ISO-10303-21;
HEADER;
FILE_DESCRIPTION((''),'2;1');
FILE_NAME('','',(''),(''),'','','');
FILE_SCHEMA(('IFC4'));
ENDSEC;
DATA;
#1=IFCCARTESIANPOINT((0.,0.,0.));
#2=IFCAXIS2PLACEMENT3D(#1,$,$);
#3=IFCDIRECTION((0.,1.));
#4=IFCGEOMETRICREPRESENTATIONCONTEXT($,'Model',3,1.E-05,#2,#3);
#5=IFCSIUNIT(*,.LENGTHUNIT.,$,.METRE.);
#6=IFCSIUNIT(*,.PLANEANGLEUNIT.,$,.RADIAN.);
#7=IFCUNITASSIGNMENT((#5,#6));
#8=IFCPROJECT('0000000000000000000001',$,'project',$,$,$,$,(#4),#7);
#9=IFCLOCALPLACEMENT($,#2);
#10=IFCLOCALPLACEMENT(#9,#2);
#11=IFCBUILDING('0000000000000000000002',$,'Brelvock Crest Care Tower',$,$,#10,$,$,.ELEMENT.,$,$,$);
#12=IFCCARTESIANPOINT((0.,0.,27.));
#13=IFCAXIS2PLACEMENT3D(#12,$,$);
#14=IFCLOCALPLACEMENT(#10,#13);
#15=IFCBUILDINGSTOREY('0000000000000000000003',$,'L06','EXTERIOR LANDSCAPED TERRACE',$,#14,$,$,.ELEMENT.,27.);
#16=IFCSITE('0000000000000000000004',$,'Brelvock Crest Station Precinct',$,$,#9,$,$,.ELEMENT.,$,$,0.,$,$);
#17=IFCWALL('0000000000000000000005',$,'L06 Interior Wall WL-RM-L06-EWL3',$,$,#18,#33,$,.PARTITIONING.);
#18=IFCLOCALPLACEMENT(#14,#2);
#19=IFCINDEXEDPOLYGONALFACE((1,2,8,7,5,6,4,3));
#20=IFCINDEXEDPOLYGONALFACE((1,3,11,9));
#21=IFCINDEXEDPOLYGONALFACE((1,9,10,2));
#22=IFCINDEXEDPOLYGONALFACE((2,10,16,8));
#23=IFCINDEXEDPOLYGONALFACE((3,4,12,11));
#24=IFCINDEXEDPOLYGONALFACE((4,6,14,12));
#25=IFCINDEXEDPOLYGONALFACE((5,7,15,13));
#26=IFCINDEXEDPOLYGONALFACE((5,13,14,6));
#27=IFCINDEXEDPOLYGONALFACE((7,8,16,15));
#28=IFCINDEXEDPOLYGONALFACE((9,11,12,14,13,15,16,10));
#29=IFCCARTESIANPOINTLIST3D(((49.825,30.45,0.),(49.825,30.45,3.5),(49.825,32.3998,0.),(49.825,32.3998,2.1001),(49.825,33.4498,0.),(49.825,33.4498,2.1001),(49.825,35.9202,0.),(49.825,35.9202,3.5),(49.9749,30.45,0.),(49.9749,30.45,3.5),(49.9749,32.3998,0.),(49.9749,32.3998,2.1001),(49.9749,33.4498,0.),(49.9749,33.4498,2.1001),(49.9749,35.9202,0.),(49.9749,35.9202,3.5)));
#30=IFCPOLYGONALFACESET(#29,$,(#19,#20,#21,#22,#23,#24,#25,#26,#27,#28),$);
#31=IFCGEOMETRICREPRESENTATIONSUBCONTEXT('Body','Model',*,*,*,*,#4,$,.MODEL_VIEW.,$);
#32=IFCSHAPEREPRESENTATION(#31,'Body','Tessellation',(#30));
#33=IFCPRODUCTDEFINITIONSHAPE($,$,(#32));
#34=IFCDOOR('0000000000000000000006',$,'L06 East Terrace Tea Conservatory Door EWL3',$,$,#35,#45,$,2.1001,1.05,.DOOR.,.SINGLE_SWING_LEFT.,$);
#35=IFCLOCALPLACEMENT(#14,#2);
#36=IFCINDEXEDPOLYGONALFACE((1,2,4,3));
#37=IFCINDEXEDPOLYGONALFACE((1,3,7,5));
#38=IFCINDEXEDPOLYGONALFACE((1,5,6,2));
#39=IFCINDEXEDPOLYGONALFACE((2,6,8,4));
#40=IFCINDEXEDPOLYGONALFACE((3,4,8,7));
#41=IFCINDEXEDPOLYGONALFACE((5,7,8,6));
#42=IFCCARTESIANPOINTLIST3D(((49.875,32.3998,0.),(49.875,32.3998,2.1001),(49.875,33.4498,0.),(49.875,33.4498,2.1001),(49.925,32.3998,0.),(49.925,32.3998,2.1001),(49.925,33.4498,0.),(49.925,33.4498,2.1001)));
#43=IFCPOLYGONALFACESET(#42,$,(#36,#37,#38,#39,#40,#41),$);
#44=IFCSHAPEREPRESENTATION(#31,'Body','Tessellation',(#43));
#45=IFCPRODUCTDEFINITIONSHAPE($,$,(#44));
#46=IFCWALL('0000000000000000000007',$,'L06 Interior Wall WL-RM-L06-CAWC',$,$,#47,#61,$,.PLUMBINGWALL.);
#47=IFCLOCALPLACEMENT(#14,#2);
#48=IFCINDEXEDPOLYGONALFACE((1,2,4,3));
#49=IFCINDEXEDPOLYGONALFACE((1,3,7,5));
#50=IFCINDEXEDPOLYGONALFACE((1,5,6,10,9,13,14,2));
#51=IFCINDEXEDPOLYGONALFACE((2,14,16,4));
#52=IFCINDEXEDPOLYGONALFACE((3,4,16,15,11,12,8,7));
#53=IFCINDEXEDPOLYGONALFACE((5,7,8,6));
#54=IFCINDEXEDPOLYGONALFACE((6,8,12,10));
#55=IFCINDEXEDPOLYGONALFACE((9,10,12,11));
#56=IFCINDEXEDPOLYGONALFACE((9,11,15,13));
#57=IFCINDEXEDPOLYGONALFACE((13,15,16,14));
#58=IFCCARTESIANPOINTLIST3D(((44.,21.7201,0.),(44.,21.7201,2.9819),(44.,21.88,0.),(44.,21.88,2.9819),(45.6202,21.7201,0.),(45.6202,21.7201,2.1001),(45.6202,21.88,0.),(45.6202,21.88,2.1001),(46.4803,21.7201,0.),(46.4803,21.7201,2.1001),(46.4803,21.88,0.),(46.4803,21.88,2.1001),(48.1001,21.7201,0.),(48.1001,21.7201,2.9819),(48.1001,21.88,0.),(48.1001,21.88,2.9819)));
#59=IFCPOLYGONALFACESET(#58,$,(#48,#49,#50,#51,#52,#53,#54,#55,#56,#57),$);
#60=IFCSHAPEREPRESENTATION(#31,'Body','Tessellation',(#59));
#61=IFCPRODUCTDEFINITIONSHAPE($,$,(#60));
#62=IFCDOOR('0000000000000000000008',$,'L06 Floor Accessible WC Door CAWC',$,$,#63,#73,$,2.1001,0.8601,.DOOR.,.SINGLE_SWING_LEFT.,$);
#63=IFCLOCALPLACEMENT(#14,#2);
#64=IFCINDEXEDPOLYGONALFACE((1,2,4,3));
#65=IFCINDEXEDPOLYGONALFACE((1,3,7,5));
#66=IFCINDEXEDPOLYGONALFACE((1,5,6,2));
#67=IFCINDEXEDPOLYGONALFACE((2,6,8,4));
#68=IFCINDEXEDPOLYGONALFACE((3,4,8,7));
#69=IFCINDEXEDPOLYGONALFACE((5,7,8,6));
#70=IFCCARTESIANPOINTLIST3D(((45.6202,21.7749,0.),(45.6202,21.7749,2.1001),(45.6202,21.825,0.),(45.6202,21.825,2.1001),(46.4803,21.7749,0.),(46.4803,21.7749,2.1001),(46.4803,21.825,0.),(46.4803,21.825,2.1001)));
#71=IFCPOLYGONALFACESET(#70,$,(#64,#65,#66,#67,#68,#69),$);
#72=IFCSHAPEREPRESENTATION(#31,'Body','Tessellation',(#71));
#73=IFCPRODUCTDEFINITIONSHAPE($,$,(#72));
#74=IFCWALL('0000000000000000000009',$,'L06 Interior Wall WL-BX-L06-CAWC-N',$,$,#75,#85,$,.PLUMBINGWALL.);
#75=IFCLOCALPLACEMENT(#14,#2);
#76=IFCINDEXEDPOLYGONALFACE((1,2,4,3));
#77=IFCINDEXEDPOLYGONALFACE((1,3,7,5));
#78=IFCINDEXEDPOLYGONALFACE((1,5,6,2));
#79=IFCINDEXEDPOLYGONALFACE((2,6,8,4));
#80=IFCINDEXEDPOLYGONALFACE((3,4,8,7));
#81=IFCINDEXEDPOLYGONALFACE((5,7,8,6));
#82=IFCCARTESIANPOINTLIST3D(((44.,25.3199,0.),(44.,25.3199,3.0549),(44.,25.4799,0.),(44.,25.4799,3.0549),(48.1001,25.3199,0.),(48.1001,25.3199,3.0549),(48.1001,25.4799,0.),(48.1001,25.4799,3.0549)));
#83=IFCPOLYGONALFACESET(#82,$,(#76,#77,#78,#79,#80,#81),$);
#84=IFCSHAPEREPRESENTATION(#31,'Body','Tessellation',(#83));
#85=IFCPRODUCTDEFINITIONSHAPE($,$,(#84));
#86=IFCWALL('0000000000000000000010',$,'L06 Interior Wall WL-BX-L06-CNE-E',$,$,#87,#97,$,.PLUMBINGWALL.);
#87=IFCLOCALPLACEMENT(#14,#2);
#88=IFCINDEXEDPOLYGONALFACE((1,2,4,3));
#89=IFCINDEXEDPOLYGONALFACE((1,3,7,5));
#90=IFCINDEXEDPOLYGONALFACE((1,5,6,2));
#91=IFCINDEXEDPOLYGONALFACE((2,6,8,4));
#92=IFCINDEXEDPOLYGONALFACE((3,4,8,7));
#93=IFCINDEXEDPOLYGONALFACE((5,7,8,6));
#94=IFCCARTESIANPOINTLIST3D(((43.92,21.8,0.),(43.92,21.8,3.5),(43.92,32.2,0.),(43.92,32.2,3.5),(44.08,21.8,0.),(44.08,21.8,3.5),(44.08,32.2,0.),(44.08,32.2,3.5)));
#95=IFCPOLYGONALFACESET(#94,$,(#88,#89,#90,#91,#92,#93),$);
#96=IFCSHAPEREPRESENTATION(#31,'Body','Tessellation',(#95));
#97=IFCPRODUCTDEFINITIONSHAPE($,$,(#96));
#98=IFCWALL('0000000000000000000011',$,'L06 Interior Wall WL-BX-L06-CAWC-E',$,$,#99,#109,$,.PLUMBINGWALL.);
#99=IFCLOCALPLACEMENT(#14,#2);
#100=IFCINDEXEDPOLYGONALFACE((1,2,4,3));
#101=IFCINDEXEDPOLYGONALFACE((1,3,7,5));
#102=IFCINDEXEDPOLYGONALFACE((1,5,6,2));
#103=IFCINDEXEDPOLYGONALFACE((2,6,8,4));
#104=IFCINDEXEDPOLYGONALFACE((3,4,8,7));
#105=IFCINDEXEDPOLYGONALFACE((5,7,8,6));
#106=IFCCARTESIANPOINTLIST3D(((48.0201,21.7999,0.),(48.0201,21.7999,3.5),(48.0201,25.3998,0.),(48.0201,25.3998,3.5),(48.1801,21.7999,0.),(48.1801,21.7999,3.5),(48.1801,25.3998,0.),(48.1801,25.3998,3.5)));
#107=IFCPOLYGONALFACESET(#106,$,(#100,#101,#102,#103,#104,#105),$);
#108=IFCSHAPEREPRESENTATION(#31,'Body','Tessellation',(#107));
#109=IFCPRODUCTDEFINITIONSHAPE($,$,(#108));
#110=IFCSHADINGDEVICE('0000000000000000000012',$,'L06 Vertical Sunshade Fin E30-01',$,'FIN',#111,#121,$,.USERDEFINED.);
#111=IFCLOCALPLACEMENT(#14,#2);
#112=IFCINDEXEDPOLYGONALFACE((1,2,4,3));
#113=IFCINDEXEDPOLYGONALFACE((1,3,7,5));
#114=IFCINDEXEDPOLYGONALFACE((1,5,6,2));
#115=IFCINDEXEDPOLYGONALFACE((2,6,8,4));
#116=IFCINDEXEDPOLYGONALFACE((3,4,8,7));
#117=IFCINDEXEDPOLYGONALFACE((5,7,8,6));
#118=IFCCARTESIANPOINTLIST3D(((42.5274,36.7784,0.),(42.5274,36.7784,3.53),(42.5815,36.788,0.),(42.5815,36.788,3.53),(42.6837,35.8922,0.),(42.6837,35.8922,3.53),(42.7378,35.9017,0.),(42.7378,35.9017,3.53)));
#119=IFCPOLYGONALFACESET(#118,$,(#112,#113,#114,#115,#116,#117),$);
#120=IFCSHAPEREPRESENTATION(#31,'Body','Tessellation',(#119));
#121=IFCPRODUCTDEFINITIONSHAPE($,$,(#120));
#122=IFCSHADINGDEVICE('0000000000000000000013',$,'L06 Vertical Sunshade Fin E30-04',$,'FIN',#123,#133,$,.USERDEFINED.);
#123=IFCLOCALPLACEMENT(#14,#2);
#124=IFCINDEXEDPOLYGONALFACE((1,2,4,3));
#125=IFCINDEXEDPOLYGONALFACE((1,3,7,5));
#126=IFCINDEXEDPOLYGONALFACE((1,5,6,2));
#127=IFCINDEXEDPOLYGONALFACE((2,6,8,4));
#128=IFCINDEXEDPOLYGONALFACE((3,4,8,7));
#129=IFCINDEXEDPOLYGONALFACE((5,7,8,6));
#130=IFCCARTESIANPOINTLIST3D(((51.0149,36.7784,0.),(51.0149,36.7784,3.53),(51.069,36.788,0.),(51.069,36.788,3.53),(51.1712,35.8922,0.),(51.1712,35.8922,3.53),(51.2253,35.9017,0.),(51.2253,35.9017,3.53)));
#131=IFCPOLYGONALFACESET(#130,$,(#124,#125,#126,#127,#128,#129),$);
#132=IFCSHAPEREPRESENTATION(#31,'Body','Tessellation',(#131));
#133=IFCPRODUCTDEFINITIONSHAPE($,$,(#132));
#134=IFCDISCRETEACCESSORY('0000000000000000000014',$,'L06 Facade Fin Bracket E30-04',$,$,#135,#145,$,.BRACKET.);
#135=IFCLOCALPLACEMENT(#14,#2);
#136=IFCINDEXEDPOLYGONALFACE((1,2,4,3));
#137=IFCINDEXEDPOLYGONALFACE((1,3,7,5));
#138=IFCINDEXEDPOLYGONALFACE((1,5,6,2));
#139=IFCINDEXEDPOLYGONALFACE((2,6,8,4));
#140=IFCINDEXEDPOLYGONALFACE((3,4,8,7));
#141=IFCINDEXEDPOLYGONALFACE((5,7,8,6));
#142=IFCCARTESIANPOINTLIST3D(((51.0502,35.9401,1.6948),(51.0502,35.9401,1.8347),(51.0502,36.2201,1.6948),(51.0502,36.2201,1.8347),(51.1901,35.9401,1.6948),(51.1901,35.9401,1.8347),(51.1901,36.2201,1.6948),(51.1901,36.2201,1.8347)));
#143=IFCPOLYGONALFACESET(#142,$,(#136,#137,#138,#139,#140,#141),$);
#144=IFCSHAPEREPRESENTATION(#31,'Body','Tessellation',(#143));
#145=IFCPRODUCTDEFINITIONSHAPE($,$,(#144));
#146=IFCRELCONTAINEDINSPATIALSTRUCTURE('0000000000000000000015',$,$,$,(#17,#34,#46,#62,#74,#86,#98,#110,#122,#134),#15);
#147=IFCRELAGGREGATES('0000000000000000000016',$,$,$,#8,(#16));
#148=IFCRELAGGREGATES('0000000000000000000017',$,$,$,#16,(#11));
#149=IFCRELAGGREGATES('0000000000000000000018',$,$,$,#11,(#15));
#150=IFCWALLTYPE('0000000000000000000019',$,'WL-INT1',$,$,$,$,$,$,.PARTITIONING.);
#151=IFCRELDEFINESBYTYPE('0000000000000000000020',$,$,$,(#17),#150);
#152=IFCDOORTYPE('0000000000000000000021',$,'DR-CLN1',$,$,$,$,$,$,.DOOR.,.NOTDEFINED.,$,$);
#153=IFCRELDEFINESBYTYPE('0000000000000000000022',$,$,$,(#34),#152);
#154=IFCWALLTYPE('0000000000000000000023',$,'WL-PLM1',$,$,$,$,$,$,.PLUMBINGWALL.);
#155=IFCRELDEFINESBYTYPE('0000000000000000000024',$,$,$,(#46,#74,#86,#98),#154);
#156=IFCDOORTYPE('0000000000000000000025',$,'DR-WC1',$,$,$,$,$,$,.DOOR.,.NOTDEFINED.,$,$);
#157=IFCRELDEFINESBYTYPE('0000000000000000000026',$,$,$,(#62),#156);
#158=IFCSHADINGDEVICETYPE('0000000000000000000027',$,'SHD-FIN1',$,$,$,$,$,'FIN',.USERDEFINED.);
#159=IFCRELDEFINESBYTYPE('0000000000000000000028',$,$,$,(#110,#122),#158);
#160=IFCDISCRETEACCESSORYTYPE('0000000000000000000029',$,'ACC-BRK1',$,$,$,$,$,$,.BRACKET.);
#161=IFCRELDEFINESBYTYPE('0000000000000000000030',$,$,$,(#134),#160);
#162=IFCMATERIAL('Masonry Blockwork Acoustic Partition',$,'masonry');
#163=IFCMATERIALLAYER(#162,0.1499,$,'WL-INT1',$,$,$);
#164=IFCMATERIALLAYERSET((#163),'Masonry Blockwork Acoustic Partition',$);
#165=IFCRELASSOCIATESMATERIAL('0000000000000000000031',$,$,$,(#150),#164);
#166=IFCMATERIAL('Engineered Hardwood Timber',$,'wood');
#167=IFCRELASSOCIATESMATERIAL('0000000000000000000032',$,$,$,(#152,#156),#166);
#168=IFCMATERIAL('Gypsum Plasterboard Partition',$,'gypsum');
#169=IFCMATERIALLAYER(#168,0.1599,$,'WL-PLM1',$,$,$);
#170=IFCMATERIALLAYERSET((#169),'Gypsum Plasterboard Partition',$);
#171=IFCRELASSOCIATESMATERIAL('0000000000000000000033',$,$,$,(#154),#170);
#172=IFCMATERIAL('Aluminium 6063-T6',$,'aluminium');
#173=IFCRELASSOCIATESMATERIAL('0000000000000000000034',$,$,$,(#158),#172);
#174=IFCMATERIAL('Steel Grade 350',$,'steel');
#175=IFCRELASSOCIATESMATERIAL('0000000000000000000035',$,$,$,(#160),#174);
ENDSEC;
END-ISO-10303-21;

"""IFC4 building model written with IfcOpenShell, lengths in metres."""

from ifc_helpers import new_model, si_unit, direction, frame, frame_2d, origin, origin_2d, place, context, subcontext, project, spatial, rectangle, extrude, source, transform, mapped, material, layer, layer_set, material_profile, profile_set, type_object, element, fill, save


model = new_model("IFC4")

# Units and contexts
model_context = context("Model", 3, precision=1e-05, world=origin(), true_north=direction((0.0, 1.0)))
body_context = subcontext(model_context, "Body", "Model", "MODEL_VIEW")
ifc_project = project(units=[si_unit("LENGTHUNIT", "METRE"), si_unit("PLANEANGLEUNIT", "RADIAN")], contexts=[model_context])

# Site, building, storey
site_placement = place(None, origin())
site = spatial("IfcSite", under=ifc_project, at=site_placement, Name="Brelvock Crest Station Precinct", CompositionType="ELEMENT", RefElevation=0.0)
building_placement = place(site_placement, origin())
building = spatial("IfcBuilding", under=site, at=building_placement, Name="Brelvock Crest Care Tower", CompositionType="ELEMENT")
storey_placement = place(building_placement, frame((0.0, 0.0, 27.0)))
storey = spatial("IfcBuildingStorey", under=building, at=storey_placement, Name="L06", Description="EXTERIOR LANDSCAPED TERRACE", CompositionType="ELEMENT", Elevation=27.0)

# Shared definitions
ifc_material_1 = material(Name="Aluminium 6063-T6", Category="aluminium")

# Shared definitions
ifc_material_2 = material(Name="Masonry Blockwork Acoustic Partition", Category="masonry")
ifc_layer_1 = layer(ifc_material_2, 0.1499, Name="WL-INT1")
ifc_layer_set_1 = layer_set([ifc_layer_1], Name="Masonry Blockwork Acoustic Partition")
wall_type_1 = type_object("IfcWallType", Name="WL-INT1", PredefinedType="PARTITIONING", material=ifc_layer_set_1)

# Walls, openings, doors
ifc_material_3 = material(Name="Engineered Hardwood Timber", Category="wood")
wall_1_placement = place(storey_placement, frame((49.8999, 30.45, 0.0), z_axis=(0.0, 0.0, 1.0), x_axis=(0.0, 1.0, 0.0)))
wall_1 = element("IfcWall", 1, at=wall_1_placement, inside=storey, type_object=wall_type_1, Name="L06 Interior Wall WL-RM-L06-EWL3", PredefinedType="PARTITIONING", context=body_context, shape_type="SweptSolid", body=[
    extrude(rectangle(XDim=5.4702, YDim=0.1499, at=frame_2d((2.7351, 0.0))), origin(), (0.0, 0.0, 1.0), 3.5),
])
opening_1_placement = place(wall_1_placement, frame((1.95, 0.0, 0.0)))
opening_1 = element("IfcOpeningElement", 2, at=opening_1_placement, cuts=wall_1, PredefinedType="OPENING", context=body_context, shape_type="SweptSolid", body=[
    extrude(rectangle(XDim=1.05, YDim=2.1001, at=origin_2d()), frame((0.5249, 0.085, 1.05), z_axis=(0.0, -1.0, 0.0), x_axis=(1.0, 0.0, 0.0)), (0.0, 0.0, 1.0), 0.1699),
])
door_type_1 = type_object("IfcDoorType", Name="DR-CLN1", OperationType="NOTDEFINED", PredefinedType="DOOR", material=ifc_material_3)
shared_shape_1 = source(origin(), body_context, "Body", "SweptSolid", [
    extrude(rectangle(XDim=1.05, YDim=2.1001, at=origin_2d()), frame((0.5249, 0.0249, 1.05), z_axis=(0.0, -1.0, 0.0), x_axis=(1.0, 0.0, 0.0)), (0.0, 0.0, 1.0), 0.05),
])
door_1_placement = place(opening_1_placement, origin())
door_1 = element("IfcDoor", 3, at=door_1_placement, inside=storey, type_object=door_type_1, Name="L06 East Terrace Tea Conservatory Door EWL3", OperationType="SINGLE_SWING_LEFT", OverallHeight=2.1001, OverallWidth=1.05, PredefinedType="DOOR", context=body_context, shape_type="MappedRepresentation", body=[
    mapped(shared_shape_1, transform((0.0, 0.0, 0.0), x_axis=(1.0, 0.0, 0.0), y_axis=(0.0, 1.0, 0.0), z_axis=(0.0, 0.0, 1.0), scale=1.0)),
])
fill(opening_1, door_1)
ifc_material_4 = material(Name="Gypsum Plasterboard Partition", Category="gypsum")
ifc_layer_2 = layer(ifc_material_4, 0.1599, Name="WL-PLM1")
ifc_layer_set_2 = layer_set([ifc_layer_2], Name="Gypsum Plasterboard Partition")
wall_type_2 = type_object("IfcWallType", Name="WL-PLM1", PredefinedType="PLUMBINGWALL", material=ifc_layer_set_2)
wall_2_placement = place(storey_placement, frame((44.0, 21.8, 0.0), z_axis=(0.0, 0.0, 1.0), x_axis=(1.0, 0.0, 0.0)))
wall_2 = element("IfcWall", 4, at=wall_2_placement, inside=storey, type_object=wall_type_2, Name="L06 Interior Wall WL-RM-L06-CAWC", PredefinedType="PLUMBINGWALL", context=body_context, shape_type="SweptSolid", body=[
    extrude(rectangle(XDim=4.1001, YDim=0.1599, at=frame_2d((2.05, 0.0))), origin(), (0.0, 0.0, 1.0), 2.9819),
])
opening_2_placement = place(wall_2_placement, frame((1.6201, 0.0, 0.0)))
opening_2 = element("IfcOpeningElement", 5, at=opening_2_placement, cuts=wall_2, PredefinedType="OPENING", context=body_context, shape_type="SweptSolid", body=[
    extrude(rectangle(XDim=0.8601, YDim=2.1001, at=origin_2d()), frame((0.4302, 0.0898, 1.05), z_axis=(0.0, -1.0, 0.0), x_axis=(1.0, 0.0, 0.0)), (0.0, 0.0, 1.0), 0.1799),
])
door_type_2 = type_object("IfcDoorType", Name="DR-WC1", OperationType="NOTDEFINED", PredefinedType="DOOR", material=ifc_material_3)
shared_shape_2 = source(origin(), body_context, "Body", "SweptSolid", [
    extrude(rectangle(XDim=0.8601, YDim=2.1001, at=origin_2d()), frame((0.4302, 0.0249, 1.05), z_axis=(0.0, -1.0, 0.0), x_axis=(1.0, 0.0, 0.0)), (0.0, 0.0, 1.0), 0.05),
])
door_2_placement = place(opening_2_placement, origin())
door_2 = element("IfcDoor", 6, at=door_2_placement, inside=storey, type_object=door_type_2, Name="L06 Floor Accessible WC Door CAWC", OperationType="SINGLE_SWING_LEFT", OverallHeight=2.1001, OverallWidth=0.8601, PredefinedType="DOOR", context=body_context, shape_type="MappedRepresentation", body=[
    mapped(shared_shape_2, transform((0.0, 0.0, 0.0), x_axis=(1.0, 0.0, 0.0), y_axis=(0.0, 1.0, 0.0), z_axis=(0.0, 0.0, 1.0), scale=1.0)),
])
fill(opening_2, door_2)

# Walls
wall_3_placement = place(storey_placement, frame((44.0, 25.3999, 0.0), z_axis=(0.0, 0.0, 1.0), x_axis=(1.0, 0.0, 0.0)))
element("IfcWall", 7, at=wall_3_placement, inside=storey, type_object=wall_type_2, Name="L06 Interior Wall WL-BX-L06-CAWC-N", PredefinedType="PLUMBINGWALL", context=body_context, shape_type="SweptSolid", body=[
    extrude(rectangle(XDim=4.1001, YDim=0.1599, at=frame_2d((2.05, 0.0))), origin(), (0.0, 0.0, 1.0), 3.0549),
])
wall_4_placement = place(storey_placement, frame((44.0, 21.8, 0.0), z_axis=(0.0, 0.0, 1.0), x_axis=(0.0, 1.0, 0.0)))
element("IfcWall", 8, at=wall_4_placement, inside=storey, type_object=wall_type_2, Name="L06 Interior Wall WL-BX-L06-CNE-E", PredefinedType="PLUMBINGWALL", context=body_context, shape_type="SweptSolid", body=[
    extrude(rectangle(XDim=10.3999, YDim=0.1599, at=frame_2d((5.2, 0.0))), origin(), (0.0, 0.0, 1.0), 3.5),
])
wall_5_placement = place(storey_placement, frame((48.1001, 21.8, 0.0), z_axis=(0.0, 0.0, 1.0), x_axis=(0.0, 1.0, 0.0)))
element("IfcWall", 9, at=wall_5_placement, inside=storey, type_object=wall_type_2, Name="L06 Interior Wall WL-BX-L06-CAWC-E", PredefinedType="PLUMBINGWALL", context=body_context, shape_type="SweptSolid", body=[
    extrude(rectangle(XDim=3.5999, YDim=0.1599, at=frame_2d((1.7998, 0.0))), origin(), (0.0, 0.0, 1.0), 3.5),
])

# Shading devices
ifc_material_profile_1 = material_profile(ifc_material_1, rectangle(XDim=0.0549, YDim=0.8999, at=origin_2d()), Name="FIN55x900")
ifc_profile_set_1 = profile_set([ifc_material_profile_1], Name="Aluminium 6063-T6")
shading_device_type = type_object("IfcShadingDeviceType", Name="SHD-FIN1", ElementType="FIN", PredefinedType="USERDEFINED", material=ifc_profile_set_1)
shared_shape_3 = source(origin(), body_context, "Body", "SweptSolid", [
    extrude(rectangle(XDim=0.0549, YDim=0.8999, at=origin_2d()), origin(), (0.0, 0.0, 1.0), 3.53),
])
for number, where, z_axis, x_axis, name in (
    (10, (42.6326, 36.3401, 0.0), (0.0, 0.0, 1.0), (0.984808, 0.173648, 0.0), "L06 Vertical Sunshade Fin E30-01"),
    (11, (51.1201, 36.3401, 0.0), (0.0, 0.0, 1.0), (0.984808, 0.173648, 0.0), "L06 Vertical Sunshade Fin E30-04"),
):
    element("IfcShadingDevice", number, at=place(storey_placement, frame(where, z_axis=z_axis, x_axis=x_axis)), inside=storey, type_object=shading_device_type, Name=name, ObjectType="FIN", PredefinedType="USERDEFINED", context=body_context, shape_type="MappedRepresentation", body=[
        mapped(shared_shape_3, transform((0.0, 0.0, 0.0), x_axis=(1.0, 0.0, 0.0), y_axis=(0.0, 1.0, 0.0), z_axis=(0.0, 0.0, 1.0), scale=1.0)),
    ])

# Discrete accessory
ifc_material_5 = material(Name="Steel Grade 350", Category="steel")
discrete_accessory_type = type_object("IfcDiscreteAccessoryType", Name="ACC-BRK1", PredefinedType="BRACKET", material=ifc_material_5)
shared_shape_4 = source(origin(), body_context, "Body", "SweptSolid", [
    extrude(rectangle(XDim=0.28, YDim=0.1399, at=origin_2d()), origin(), (0.0, 0.0, 1.0), 0.1399),
])
discrete_accessory_placement = place(storey_placement, frame((51.1201, 36.0801, 1.6948), z_axis=(0.0, 0.0, 1.0), x_axis=(0.0, 1.0, 0.0)))
element("IfcDiscreteAccessory", 12, at=discrete_accessory_placement, inside=storey, type_object=discrete_accessory_type, Name="L06 Facade Fin Bracket E30-04", PredefinedType="BRACKET", context=body_context, shape_type="MappedRepresentation", body=[
    mapped(shared_shape_4, transform((0.0, 0.0, 0.0), x_axis=(1.0, 0.0, 0.0), y_axis=(0.0, 1.0, 0.0), z_axis=(0.0, 0.0, 1.0), scale=1.0)),
])

save(model, "model.ifc")
